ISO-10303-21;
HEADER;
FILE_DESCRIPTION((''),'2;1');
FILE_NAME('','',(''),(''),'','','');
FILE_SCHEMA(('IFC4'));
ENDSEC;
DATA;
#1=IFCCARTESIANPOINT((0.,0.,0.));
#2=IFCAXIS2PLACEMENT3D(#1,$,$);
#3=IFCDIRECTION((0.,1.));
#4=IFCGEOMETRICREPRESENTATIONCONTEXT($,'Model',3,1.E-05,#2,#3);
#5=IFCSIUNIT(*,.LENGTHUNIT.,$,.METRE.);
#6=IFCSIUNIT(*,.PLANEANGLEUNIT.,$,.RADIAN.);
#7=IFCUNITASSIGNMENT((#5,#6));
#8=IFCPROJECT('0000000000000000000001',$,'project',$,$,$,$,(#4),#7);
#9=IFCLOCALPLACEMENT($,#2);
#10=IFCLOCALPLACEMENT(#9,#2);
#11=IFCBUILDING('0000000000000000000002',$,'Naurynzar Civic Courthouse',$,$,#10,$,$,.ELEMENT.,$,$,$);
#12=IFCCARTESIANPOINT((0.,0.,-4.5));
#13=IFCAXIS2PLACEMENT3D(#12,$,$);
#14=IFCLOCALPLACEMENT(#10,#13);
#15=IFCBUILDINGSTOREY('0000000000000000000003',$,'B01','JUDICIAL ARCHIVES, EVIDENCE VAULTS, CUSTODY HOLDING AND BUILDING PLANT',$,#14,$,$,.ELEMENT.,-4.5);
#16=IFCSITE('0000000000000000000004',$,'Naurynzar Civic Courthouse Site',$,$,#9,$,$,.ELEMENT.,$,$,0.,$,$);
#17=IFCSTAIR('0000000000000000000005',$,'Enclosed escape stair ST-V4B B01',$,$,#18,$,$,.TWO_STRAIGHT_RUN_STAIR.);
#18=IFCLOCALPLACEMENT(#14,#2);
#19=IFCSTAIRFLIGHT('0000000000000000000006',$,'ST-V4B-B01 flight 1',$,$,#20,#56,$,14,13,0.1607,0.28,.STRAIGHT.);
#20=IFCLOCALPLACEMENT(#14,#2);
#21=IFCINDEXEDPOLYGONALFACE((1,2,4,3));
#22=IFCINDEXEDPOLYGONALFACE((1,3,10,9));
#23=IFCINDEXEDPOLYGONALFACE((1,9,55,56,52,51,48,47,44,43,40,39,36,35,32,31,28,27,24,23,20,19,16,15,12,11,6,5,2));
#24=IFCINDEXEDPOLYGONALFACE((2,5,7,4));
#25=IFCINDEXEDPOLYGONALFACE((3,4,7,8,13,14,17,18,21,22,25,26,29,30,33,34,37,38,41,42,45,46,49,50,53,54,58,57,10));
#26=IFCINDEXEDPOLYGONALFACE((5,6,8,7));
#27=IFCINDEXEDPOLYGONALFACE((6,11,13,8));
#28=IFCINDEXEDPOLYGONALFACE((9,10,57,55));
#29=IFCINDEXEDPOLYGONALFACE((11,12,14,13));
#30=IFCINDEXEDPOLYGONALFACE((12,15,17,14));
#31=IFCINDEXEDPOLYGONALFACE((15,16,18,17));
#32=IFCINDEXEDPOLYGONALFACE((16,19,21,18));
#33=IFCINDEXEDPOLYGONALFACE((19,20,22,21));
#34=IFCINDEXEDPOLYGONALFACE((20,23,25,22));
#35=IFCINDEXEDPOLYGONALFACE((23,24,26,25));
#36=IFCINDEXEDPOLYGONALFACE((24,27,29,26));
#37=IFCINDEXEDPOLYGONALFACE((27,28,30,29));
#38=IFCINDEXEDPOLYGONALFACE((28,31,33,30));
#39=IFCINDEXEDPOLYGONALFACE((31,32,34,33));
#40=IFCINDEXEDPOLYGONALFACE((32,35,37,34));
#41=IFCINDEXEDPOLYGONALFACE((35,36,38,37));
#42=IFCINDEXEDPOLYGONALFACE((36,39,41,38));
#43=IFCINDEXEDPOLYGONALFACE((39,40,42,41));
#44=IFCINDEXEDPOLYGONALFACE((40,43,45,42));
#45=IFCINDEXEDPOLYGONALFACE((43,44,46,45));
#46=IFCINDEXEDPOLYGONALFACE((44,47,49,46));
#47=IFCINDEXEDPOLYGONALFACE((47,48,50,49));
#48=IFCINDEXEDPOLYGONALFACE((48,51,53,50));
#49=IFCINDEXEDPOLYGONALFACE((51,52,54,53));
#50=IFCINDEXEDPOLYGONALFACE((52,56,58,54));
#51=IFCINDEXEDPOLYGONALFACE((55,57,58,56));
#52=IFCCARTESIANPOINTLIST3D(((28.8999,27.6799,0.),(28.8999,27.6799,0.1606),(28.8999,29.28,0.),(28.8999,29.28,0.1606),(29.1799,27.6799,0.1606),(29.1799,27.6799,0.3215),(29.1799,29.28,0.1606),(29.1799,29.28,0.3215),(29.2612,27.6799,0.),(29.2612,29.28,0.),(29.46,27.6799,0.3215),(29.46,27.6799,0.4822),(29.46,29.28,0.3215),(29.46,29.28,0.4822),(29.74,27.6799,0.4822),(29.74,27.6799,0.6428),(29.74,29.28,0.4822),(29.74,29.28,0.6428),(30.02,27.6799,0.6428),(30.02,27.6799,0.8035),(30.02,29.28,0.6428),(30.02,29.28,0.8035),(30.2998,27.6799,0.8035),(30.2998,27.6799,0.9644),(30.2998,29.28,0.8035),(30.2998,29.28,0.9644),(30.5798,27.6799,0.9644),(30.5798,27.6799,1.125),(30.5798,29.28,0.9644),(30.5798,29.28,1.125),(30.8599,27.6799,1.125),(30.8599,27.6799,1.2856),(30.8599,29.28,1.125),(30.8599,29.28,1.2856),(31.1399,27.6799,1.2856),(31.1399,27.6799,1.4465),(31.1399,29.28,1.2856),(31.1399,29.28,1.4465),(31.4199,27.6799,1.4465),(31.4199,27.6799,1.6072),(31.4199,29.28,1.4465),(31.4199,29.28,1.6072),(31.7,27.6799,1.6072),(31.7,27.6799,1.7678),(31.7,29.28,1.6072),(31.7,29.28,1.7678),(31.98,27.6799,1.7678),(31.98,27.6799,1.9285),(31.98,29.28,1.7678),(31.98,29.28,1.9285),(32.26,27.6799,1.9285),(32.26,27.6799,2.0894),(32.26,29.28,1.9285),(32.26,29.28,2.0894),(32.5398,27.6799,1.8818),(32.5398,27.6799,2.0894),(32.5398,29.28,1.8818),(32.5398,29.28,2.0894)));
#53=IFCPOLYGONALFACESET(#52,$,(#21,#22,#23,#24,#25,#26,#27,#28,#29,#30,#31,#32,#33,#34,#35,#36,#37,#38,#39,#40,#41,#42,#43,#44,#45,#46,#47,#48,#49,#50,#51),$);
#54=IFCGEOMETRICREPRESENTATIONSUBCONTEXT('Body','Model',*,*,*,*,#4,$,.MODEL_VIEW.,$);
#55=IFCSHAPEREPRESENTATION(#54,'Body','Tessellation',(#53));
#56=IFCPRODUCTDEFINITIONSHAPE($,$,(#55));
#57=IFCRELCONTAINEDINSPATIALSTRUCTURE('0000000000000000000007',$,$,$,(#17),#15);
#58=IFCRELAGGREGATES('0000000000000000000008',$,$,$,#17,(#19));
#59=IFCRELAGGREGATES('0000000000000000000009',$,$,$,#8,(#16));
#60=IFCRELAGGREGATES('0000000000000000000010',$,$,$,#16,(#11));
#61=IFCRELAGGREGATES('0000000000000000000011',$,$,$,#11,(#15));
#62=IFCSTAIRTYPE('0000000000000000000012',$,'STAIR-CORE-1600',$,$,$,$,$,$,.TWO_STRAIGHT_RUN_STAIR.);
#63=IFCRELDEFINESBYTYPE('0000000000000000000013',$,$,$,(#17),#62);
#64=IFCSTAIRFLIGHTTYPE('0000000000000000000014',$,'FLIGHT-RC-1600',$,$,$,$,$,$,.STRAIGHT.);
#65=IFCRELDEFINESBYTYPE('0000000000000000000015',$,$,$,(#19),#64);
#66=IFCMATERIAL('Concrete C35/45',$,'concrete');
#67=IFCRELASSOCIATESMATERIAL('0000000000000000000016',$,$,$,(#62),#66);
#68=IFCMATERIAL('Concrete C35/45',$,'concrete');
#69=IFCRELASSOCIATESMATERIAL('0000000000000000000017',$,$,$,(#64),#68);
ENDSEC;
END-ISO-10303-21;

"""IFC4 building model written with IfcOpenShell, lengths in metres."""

from ifc_helpers import new_model, si_unit, direction, frame, origin, place, context, subcontext, project, spatial, polyline, outline, extrude, material, type_object, element, aggregate, save


model = new_model("IFC4")

# Units and contexts
model_context = context("Model", 3, precision=1e-05, world=origin(), true_north=direction((0.0, 1.0)))
body_context = subcontext(model_context, "Body", "Model", "MODEL_VIEW")
ifc_project = project(units=[si_unit("LENGTHUNIT", "METRE"), si_unit("PLANEANGLEUNIT", "RADIAN")], contexts=[model_context])

# Site, building, storey
site_placement = place(None, origin())
site = spatial("IfcSite", under=ifc_project, at=site_placement, Name="Naurynzar Civic Courthouse Site", CompositionType="ELEMENT", RefElevation=0.0)
building_placement = place(site_placement, origin())
building = spatial("IfcBuilding", under=site, at=building_placement, Name="Naurynzar Civic Courthouse", CompositionType="ELEMENT")
storey_placement = place(building_placement, frame((0.0, 0.0, -4.5)))
storey = spatial("IfcBuildingStorey", under=building, at=storey_placement, Name="B01", Description="JUDICIAL ARCHIVES, EVIDENCE VAULTS, CUSTODY HOLDING AND BUILDING PLANT", CompositionType="ELEMENT", Elevation=-4.5)

# Stair, stair flight
ifc_material_1 = material(Name="Concrete C35/45", Category="concrete")
stair_type = type_object("IfcStairType", Name="STAIR-CORE-1600", PredefinedType="TWO_STRAIGHT_RUN_STAIR", material=ifc_material_1)
stair_placement = place(storey_placement, origin())
stair = element("IfcStair", 1, at=stair_placement, inside=storey, type_object=stair_type, Name="Enclosed escape stair ST-V4B B01", PredefinedType="TWO_STRAIGHT_RUN_STAIR")
ifc_material_2 = material(Name="Concrete C35/45", Category="concrete")
stair_flight_type = type_object("IfcStairFlightType", Name="FLIGHT-RC-1600", PredefinedType="STRAIGHT", material=ifc_material_2)
stair_flight_placement = place(storey_placement, frame((28.8999, 28.48, 0.0), z_axis=(0.0, 0.0, 1.0), x_axis=(1.0, 0.0, 0.0)))
stair_flight = element("IfcStairFlight", 2, at=stair_flight_placement, type_object=stair_flight_type, Name="ST-V4B-B01 flight 1", NumberOfRisers=14, NumberOfTreads=13, PredefinedType="STRAIGHT", RiserHeight=0.1607, TreadLength=0.28, context=body_context, shape_type="SweptSolid", body=[
    extrude(outline(polyline([(0.0, 0.0), (0.0, 0.1606), (0.28, 0.1606), (0.28, 0.3215), (0.5601, 0.3215), (0.5601, 0.4822), (0.8401, 0.4822), (0.8401, 0.6428), (1.1201, 0.6428), (1.1201, 0.8035), (1.3999, 0.8035), (1.3999, 0.9644), (1.6799, 0.9644), (1.6799, 1.125), (1.96, 1.125), (1.96, 1.2856), (2.24, 1.2856), (2.24, 1.4465), (2.52, 1.4465), (2.52, 1.6072), (2.8, 1.6072), (2.8, 1.7678), (3.0801, 1.7678), (3.0801, 1.9285), (3.3601, 1.9285), (3.3601, 2.0894), (3.6399, 2.0894), (3.6399, 2.25), (3.6399, 1.8818), (0.3613, 0.0), (0.0, 0.0)])), frame((0.0, 0.8, 0.0), z_axis=(0.0, -1.0, 0.0), x_axis=(1.0, 0.0, 0.0)), (0.0, 0.0, 1.0), 1.6001),
])
aggregate(stair, [stair_flight])

save(model, "model.ifc")
